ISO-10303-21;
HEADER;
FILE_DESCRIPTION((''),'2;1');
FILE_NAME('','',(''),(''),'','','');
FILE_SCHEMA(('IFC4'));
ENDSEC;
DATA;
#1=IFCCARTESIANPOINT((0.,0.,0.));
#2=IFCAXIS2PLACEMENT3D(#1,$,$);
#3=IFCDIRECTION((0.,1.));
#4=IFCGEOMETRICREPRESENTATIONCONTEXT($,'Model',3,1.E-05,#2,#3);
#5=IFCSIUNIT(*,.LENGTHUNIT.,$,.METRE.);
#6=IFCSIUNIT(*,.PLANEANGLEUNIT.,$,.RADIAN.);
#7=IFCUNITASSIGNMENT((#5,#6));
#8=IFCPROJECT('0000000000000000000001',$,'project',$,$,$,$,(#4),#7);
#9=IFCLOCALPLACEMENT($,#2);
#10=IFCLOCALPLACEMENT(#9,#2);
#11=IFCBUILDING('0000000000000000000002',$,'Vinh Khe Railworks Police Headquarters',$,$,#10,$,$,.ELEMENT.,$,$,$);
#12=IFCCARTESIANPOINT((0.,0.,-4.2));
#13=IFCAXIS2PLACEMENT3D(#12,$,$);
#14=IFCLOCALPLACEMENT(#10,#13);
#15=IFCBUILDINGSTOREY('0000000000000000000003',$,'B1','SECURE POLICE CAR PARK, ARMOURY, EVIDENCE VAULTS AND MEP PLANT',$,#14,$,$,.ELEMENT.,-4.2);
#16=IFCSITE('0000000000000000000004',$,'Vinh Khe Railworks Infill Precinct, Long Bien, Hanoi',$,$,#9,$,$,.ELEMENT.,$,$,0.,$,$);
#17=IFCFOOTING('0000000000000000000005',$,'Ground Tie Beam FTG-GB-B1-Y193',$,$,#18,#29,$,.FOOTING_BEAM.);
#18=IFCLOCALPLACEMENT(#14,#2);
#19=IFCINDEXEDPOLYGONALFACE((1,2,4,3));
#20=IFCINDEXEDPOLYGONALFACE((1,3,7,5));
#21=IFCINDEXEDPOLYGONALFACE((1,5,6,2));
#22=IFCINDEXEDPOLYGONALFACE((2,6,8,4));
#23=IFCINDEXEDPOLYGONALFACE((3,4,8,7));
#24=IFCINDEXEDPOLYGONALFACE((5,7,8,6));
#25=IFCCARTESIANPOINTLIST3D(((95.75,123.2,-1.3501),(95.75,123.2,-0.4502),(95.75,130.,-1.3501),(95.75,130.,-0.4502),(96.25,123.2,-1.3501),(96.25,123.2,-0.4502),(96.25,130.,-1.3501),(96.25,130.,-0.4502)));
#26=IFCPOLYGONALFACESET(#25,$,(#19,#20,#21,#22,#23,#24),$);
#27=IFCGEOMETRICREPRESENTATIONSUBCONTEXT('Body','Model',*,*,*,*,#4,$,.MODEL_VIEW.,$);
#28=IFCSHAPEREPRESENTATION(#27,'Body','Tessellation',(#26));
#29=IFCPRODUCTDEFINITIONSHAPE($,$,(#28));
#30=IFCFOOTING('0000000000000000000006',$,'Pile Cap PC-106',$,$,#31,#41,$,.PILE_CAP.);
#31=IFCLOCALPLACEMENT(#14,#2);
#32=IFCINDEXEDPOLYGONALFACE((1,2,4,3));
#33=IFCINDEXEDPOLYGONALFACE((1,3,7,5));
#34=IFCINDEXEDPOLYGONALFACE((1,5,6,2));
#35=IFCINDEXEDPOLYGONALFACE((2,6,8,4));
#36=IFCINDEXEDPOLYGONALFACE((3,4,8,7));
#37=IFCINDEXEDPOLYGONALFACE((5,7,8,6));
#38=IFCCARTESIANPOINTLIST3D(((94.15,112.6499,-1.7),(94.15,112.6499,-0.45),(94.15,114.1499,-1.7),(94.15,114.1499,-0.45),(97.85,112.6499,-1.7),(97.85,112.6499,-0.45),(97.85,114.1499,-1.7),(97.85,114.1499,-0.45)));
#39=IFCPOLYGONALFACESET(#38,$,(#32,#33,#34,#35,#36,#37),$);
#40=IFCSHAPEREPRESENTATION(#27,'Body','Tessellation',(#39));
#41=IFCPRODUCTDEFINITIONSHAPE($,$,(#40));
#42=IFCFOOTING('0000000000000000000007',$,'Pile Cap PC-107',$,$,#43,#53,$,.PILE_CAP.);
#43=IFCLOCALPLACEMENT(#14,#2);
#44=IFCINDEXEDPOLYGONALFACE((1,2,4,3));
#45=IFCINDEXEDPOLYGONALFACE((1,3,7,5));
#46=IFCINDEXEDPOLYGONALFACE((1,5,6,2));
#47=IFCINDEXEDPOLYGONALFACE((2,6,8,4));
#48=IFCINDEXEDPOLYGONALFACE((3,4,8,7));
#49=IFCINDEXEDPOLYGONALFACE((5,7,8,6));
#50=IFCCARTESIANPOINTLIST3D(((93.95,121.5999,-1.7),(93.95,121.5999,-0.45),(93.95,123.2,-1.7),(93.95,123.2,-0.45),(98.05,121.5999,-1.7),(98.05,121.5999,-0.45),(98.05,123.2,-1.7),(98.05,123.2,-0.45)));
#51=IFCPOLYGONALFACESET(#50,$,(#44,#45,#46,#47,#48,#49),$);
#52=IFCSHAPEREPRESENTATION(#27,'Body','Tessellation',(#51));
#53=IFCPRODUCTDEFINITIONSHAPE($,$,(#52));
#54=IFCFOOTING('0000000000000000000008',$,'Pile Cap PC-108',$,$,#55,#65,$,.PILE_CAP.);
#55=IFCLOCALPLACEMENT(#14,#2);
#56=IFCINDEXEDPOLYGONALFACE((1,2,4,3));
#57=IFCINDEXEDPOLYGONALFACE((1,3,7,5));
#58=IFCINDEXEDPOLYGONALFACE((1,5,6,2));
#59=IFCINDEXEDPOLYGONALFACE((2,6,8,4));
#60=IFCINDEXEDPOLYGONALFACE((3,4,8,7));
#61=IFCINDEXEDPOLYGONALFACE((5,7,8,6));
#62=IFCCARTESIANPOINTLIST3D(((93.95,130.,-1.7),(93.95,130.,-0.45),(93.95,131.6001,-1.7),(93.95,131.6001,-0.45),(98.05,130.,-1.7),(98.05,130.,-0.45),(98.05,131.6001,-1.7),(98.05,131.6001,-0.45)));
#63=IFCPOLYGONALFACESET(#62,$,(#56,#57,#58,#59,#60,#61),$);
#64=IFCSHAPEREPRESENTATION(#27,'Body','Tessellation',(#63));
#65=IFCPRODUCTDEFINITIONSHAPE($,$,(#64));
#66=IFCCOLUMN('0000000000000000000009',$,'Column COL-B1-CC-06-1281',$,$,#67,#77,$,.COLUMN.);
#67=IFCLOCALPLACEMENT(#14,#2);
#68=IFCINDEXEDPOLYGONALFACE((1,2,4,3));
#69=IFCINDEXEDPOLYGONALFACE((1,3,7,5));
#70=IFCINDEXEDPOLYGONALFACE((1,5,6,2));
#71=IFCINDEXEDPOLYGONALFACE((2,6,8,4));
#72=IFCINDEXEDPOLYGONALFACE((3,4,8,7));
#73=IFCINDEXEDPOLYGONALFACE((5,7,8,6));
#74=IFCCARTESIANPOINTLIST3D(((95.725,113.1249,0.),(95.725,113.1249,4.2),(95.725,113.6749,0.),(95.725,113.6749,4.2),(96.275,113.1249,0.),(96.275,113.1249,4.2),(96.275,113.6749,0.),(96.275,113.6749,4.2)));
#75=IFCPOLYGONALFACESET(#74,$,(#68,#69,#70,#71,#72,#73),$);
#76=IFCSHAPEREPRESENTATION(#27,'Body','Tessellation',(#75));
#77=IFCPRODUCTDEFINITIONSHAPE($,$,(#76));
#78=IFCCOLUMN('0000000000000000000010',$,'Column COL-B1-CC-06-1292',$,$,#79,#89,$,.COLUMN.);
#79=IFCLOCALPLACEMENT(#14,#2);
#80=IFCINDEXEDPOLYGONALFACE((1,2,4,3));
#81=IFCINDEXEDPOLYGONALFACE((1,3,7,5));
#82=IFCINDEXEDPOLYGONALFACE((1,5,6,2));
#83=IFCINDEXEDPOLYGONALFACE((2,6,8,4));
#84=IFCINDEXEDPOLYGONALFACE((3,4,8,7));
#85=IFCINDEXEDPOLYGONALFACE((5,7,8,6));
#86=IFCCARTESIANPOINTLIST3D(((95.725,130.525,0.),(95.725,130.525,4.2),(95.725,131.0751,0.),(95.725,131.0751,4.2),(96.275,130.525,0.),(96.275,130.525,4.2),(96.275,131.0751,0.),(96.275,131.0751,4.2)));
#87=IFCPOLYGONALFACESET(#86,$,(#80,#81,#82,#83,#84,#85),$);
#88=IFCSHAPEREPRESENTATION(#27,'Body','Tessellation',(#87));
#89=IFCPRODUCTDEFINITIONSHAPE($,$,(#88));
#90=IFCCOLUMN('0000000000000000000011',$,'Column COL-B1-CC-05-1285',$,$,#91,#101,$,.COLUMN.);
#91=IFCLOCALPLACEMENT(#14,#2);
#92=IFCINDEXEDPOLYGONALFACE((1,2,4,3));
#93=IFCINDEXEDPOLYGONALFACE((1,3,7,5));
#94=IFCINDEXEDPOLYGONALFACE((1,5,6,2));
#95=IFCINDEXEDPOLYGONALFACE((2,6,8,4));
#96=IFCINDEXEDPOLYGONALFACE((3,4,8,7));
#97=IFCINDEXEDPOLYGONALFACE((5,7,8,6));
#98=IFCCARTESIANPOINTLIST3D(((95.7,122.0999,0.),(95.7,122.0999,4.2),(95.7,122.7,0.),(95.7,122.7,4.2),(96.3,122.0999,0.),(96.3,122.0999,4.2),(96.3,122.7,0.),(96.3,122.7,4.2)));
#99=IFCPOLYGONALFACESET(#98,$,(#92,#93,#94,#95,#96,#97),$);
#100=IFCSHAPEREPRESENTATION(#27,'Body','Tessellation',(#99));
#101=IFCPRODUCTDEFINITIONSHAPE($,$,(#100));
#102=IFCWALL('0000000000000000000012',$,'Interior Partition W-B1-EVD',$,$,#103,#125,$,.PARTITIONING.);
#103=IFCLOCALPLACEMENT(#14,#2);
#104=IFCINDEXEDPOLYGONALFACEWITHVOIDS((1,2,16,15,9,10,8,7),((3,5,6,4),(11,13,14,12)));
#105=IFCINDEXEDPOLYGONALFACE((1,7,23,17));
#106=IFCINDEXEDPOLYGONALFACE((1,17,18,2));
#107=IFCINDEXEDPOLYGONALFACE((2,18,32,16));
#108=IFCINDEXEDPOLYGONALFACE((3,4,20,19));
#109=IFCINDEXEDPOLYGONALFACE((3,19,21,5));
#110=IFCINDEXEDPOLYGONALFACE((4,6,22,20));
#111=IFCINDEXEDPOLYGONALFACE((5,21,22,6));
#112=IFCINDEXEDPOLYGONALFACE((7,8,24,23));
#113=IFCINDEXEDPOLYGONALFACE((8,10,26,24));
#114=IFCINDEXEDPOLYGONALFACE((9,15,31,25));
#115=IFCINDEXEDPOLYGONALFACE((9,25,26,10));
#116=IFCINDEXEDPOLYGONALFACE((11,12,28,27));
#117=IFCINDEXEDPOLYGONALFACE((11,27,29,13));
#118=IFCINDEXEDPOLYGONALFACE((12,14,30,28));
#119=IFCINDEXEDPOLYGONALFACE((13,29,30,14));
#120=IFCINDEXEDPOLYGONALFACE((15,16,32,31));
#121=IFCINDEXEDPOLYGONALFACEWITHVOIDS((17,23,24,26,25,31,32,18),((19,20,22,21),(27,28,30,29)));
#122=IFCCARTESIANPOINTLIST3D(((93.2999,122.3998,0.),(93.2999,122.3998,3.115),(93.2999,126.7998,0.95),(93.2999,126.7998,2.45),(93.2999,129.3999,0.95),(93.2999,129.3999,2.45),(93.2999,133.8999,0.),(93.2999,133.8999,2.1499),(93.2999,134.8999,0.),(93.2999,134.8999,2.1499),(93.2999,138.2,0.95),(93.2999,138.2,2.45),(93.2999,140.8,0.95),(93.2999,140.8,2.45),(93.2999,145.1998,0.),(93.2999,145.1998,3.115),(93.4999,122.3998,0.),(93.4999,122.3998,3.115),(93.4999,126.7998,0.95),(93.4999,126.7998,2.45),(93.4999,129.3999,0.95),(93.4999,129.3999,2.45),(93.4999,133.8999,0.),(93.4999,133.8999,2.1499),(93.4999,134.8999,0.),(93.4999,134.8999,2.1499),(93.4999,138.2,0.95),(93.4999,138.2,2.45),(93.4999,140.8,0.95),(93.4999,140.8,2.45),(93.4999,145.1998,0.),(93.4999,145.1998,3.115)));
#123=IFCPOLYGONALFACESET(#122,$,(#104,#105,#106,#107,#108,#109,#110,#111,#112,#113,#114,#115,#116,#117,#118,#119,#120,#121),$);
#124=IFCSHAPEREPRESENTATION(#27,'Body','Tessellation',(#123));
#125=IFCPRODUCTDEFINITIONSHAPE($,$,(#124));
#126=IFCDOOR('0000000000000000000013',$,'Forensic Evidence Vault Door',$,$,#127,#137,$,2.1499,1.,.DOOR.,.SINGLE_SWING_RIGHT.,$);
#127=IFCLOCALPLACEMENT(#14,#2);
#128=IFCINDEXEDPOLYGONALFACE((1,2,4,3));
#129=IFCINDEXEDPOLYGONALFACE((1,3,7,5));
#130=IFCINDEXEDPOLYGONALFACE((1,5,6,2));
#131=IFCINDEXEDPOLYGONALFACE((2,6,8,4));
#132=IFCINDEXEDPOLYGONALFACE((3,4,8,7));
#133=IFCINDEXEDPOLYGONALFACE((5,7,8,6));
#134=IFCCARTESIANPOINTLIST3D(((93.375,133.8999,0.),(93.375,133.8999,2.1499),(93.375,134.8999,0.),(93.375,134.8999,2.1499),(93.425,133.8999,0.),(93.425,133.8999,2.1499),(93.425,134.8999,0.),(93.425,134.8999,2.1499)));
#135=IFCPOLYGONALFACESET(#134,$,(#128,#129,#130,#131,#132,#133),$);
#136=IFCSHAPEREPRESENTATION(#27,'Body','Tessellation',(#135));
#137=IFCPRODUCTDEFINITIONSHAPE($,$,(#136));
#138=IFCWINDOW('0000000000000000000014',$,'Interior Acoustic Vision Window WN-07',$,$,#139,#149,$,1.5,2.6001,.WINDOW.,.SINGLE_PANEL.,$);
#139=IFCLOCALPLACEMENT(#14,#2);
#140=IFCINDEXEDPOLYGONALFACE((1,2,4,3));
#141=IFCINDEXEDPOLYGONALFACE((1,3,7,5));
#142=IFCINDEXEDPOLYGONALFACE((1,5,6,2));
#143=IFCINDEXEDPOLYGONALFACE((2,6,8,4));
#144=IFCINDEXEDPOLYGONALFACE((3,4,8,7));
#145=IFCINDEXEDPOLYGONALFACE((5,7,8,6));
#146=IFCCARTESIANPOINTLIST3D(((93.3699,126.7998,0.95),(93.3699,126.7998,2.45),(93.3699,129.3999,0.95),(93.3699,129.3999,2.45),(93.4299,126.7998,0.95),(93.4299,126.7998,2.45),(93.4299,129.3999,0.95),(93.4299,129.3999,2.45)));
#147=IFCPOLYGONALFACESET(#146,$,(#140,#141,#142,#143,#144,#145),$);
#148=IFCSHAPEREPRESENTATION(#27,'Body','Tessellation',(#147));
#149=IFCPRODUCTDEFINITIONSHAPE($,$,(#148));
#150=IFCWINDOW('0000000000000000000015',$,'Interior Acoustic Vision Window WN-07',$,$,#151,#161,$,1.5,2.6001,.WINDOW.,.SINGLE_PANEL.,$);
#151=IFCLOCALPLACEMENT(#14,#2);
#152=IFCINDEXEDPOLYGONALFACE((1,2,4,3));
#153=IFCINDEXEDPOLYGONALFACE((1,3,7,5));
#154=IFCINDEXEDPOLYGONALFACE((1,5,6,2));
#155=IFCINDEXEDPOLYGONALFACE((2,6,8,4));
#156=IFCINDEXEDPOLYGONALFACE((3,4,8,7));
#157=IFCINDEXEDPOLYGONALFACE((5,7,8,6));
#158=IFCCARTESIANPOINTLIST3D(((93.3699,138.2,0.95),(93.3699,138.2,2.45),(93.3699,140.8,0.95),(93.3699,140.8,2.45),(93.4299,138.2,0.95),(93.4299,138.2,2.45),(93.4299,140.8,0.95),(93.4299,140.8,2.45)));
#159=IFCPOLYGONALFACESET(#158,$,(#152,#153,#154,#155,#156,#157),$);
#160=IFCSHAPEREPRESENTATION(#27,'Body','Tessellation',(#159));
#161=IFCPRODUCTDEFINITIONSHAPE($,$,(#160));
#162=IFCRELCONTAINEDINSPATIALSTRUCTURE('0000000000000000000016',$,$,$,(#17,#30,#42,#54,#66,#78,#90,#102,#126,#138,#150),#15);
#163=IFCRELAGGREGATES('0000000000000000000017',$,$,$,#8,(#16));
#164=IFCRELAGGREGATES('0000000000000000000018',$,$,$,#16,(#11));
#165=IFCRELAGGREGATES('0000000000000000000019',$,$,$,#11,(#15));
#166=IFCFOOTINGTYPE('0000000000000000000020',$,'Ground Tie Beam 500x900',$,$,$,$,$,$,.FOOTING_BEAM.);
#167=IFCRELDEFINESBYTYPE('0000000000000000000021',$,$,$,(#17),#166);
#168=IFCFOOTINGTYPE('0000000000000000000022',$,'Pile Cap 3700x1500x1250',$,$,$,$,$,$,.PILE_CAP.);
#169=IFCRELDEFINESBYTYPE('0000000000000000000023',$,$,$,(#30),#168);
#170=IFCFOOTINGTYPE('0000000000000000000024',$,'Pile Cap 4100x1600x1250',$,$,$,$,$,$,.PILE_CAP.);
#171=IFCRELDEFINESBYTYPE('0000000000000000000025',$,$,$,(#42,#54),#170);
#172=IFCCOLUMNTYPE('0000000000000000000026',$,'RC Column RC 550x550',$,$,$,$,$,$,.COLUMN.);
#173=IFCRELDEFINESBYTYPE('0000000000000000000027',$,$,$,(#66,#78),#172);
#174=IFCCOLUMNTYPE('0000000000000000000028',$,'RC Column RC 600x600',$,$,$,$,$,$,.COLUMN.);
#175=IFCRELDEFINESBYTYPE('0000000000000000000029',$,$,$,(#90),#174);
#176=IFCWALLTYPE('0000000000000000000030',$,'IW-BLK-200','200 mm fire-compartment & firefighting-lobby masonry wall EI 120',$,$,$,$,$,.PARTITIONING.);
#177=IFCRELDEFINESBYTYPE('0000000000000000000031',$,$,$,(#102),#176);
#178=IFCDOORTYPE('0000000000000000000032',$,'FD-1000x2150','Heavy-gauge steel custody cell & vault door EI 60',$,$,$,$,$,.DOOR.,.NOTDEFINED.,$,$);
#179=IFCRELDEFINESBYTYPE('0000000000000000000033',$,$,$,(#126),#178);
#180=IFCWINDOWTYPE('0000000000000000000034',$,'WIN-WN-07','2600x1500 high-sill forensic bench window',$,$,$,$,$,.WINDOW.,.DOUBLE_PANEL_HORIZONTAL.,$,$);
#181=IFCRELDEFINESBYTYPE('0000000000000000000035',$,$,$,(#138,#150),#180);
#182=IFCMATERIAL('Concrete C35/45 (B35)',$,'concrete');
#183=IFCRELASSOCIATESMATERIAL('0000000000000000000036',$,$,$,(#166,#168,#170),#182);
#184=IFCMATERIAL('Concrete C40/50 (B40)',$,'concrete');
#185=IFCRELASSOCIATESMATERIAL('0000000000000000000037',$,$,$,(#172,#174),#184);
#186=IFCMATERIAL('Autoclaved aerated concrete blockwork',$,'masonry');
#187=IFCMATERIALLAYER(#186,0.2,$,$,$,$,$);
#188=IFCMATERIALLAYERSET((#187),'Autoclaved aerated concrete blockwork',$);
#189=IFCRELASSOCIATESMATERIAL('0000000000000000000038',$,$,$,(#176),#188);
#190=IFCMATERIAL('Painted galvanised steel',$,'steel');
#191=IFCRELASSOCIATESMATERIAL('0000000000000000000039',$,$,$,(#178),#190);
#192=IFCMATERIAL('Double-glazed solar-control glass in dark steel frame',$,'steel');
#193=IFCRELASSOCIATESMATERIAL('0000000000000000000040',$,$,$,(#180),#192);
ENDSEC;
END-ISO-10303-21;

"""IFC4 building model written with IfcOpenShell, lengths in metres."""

from ifc_helpers import new_model, si_unit, direction, frame, frame_2d, origin, origin_2d, place, context, subcontext, project, spatial, rectangle, extrude, material, layer, layer_set, material_profile, profile_set, type_object, element, fill, save


model = new_model("IFC4")

# Units and contexts
model_context = context("Model", 3, precision=1e-05, world=origin(), true_north=direction((0.0, 1.0)))
body_context = subcontext(model_context, "Body", "Model", "MODEL_VIEW")
ifc_project = project(units=[si_unit("LENGTHUNIT", "METRE"), si_unit("PLANEANGLEUNIT", "RADIAN")], contexts=[model_context])

# Site, building, storey
site_placement = place(None, origin())
site = spatial("IfcSite", under=ifc_project, at=site_placement, Name="Vinh Khe Railworks Infill Precinct, Long Bien, Hanoi", CompositionType="ELEMENT", RefElevation=0.0)
building_placement = place(site_placement, origin())
building = spatial("IfcBuilding", under=site, at=building_placement, Name="Vinh Khe Railworks Police Headquarters", CompositionType="ELEMENT")
storey_placement = place(building_placement, frame((0.0, 0.0, -4.2)))
storey = spatial("IfcBuildingStorey", under=building, at=storey_placement, Name="B1", Description="SECURE POLICE CAR PARK, ARMOURY, EVIDENCE VAULTS AND MEP PLANT", CompositionType="ELEMENT", Elevation=-4.2)

# Shared definitions
ifc_material_1 = material(Name="Concrete C35/45 (B35)", Category="concrete")

# Footings
ifc_material_profile_1 = material_profile(ifc_material_1, rectangle(XDim=0.5, YDim=0.8999, at=origin_2d()), Name="RC 500x900")
ifc_profile_set_1 = profile_set([ifc_material_profile_1], Name="Concrete C35/45 (B35)")
footing_type_1 = type_object("IfcFootingType", Name="Ground Tie Beam 500x900", PredefinedType="FOOTING_BEAM", material=ifc_profile_set_1)
footing_1_placement = place(storey_placement, frame((96.0, 123.2, -0.9001), z_axis=(0.0, 1.0, 0.0), x_axis=(-1.0, 0.0, 0.0)))
element("IfcFooting", 1, at=footing_1_placement, inside=storey, type_object=footing_type_1, Name="Ground Tie Beam FTG-GB-B1-Y193", PredefinedType="FOOTING_BEAM", context=body_context, shape_type="SweptSolid", body=[
    extrude(rectangle(XDim=0.5, YDim=0.8999, at=origin_2d()), origin(), (0.0, 0.0, 1.0), 6.8),
])
footing_type_2 = type_object("IfcFootingType", Name="Pile Cap 3700x1500x1250", PredefinedType="PILE_CAP", material=ifc_material_1)
footing_2_placement = place(storey_placement, frame((96.0, 113.3999, -1.7), z_axis=(0.0, 0.0, 1.0), x_axis=(1.0, 0.0, 0.0)))
element("IfcFooting", 2, at=footing_2_placement, inside=storey, type_object=footing_type_2, Name="Pile Cap PC-106", PredefinedType="PILE_CAP", context=body_context, shape_type="SweptSolid", body=[
    extrude(rectangle(XDim=3.7, YDim=1.5, at=origin_2d()), origin(), (0.0, 0.0, 1.0), 1.25),
])
footing_type_3 = type_object("IfcFootingType", Name="Pile Cap 4100x1600x1250", PredefinedType="PILE_CAP", material=ifc_material_1)
for number, where, z_axis, x_axis, name in (
    (3, (96.0, 122.3999, -1.7), (0.0, 0.0, 1.0), (1.0, 0.0, 0.0), "Pile Cap PC-107"),
    (4, (96.0, 130.8, -1.7), (0.0, 0.0, 1.0), (1.0, 0.0, 0.0), "Pile Cap PC-108"),
):
    element("IfcFooting", number, at=place(storey_placement, frame(where, z_axis=z_axis, x_axis=x_axis)), inside=storey, type_object=footing_type_3, Name=name, PredefinedType="PILE_CAP", context=body_context, shape_type="SweptSolid", body=[
        extrude(rectangle(XDim=4.1001, YDim=1.6001, at=origin_2d()), origin(), (0.0, 0.0, 1.0), 1.25),
    ])

# Columns
ifc_material_2 = material(Name="Concrete C40/50 (B40)", Category="concrete")
ifc_material_profile_2 = material_profile(ifc_material_2, rectangle(XDim=0.55, YDim=0.55, at=origin_2d()), Name="RC 550x550")
ifc_profile_set_2 = profile_set([ifc_material_profile_2], Name="Concrete C40/50 (B40)")
column_type_1 = type_object("IfcColumnType", Name="RC Column RC 550x550", PredefinedType="COLUMN", material=ifc_profile_set_2)
for number, where, z_axis, x_axis, name in (
    (5, (96.0, 113.3999, 0.0), (0.0, 0.0, 1.0), (1.0, 0.0, 0.0), "Column COL-B1-CC-06-1281"),
    (6, (96.0, 130.8, 0.0), (0.0, 0.0, 1.0), (1.0, 0.0, 0.0), "Column COL-B1-CC-06-1292"),
):
    element("IfcColumn", number, at=place(storey_placement, frame(where, z_axis=z_axis, x_axis=x_axis)), inside=storey, type_object=column_type_1, Name=name, PredefinedType="COLUMN", context=body_context, shape_type="SweptSolid", body=[
        extrude(rectangle(XDim=0.55, YDim=0.55, at=origin_2d()), origin(), (0.0, 0.0, 1.0), 4.2),
    ])
ifc_material_profile_3 = material_profile(ifc_material_2, rectangle(XDim=0.6001, YDim=0.6001, at=origin_2d()), Name="RC 600x600")
ifc_profile_set_3 = profile_set([ifc_material_profile_3], Name="Concrete C40/50 (B40)")
column_type_2 = type_object("IfcColumnType", Name="RC Column RC 600x600", PredefinedType="COLUMN", material=ifc_profile_set_3)
column_placement = place(storey_placement, frame((96.0, 122.3999, 0.0), z_axis=(0.0, 0.0, 1.0), x_axis=(1.0, 0.0, 0.0)))
element("IfcColumn", 7, at=column_placement, inside=storey, type_object=column_type_2, Name="Column COL-B1-CC-05-1285", PredefinedType="COLUMN", context=body_context, shape_type="SweptSolid", body=[
    extrude(rectangle(XDim=0.6001, YDim=0.6001, at=origin_2d()), origin(), (0.0, 0.0, 1.0), 4.2),
])

# Wall, openings, door, windows
ifc_material_3 = material(Name="Autoclaved aerated concrete blockwork", Category="masonry")
ifc_layer = layer(ifc_material_3, 0.2)
ifc_layer_set = layer_set([ifc_layer], Name="Autoclaved aerated concrete blockwork")
wall_type = type_object("IfcWallType", Name="IW-BLK-200", Description="200 mm fire-compartment & firefighting-lobby masonry wall EI 120", PredefinedType="PARTITIONING", material=ifc_layer_set)
wall_placement = place(storey_placement, frame((93.3999, 122.3999, 0.0), z_axis=(0.0, 0.0, 1.0), x_axis=(0.0, 1.0, 0.0)))
wall = element("IfcWall", 8, at=wall_placement, inside=storey, type_object=wall_type, Name="Interior Partition W-B1-EVD", PredefinedType="PARTITIONING", context=body_context, shape_type="SweptSolid", body=[
    extrude(rectangle(XDim=22.8, YDim=0.2, at=frame_2d((11.3999, 0.0))), origin(), (0.0, 0.0, 1.0), 3.115),
])
opening_1_placement = place(wall_placement, frame((11.5, 0.0, 0.0)))
opening_1 = element("IfcOpeningElement", 9, at=opening_1_placement, cuts=wall, PredefinedType="OPENING", context=body_context, shape_type="SweptSolid", body=[
    extrude(rectangle(XDim=1.0, YDim=2.1499, at=frame_2d((0.5, 1.075))), frame((0.0, 0.1147, 0.0), z_axis=(0.0, -1.0, 0.0), x_axis=(1.0, 0.0, 0.0)), (0.0, 0.0, 1.0), 0.2297),
])
opening_2_placement = place(wall_placement, frame((4.3999, 0.0, 0.95)))
opening_2 = element("IfcOpeningElement", 10, at=opening_2_placement, cuts=wall, PredefinedType="OPENING", context=body_context, shape_type="SweptSolid", body=[
    extrude(rectangle(XDim=2.6001, YDim=1.5, at=frame_2d((1.3, 0.75))), frame((0.0, 0.1147, 0.0), z_axis=(0.0, -1.0, 0.0), x_axis=(1.0, 0.0, 0.0)), (0.0, 0.0, 1.0), 0.2297),
])
opening_3_placement = place(wall_placement, frame((15.8, 0.0, 0.95)))
opening_3 = element("IfcOpeningElement", 11, at=opening_3_placement, cuts=wall, PredefinedType="OPENING", context=body_context, shape_type="SweptSolid", body=[
    extrude(rectangle(XDim=2.6001, YDim=1.5, at=frame_2d((1.3, 0.75))), frame((0.0, 0.1147, 0.0), z_axis=(0.0, -1.0, 0.0), x_axis=(1.0, 0.0, 0.0)), (0.0, 0.0, 1.0), 0.2297),
])
ifc_material_4 = material(Name="Painted galvanised steel", Category="steel")
door_type = type_object("IfcDoorType", Name="FD-1000x2150", Description="Heavy-gauge steel custody cell & vault door EI 60", OperationType="NOTDEFINED", PredefinedType="DOOR", material=ifc_material_4)
door_placement = place(opening_1_placement, origin())
door = element("IfcDoor", 12, at=door_placement, inside=storey, type_object=door_type, Name="Forensic Evidence Vault Door", OperationType="SINGLE_SWING_RIGHT", OverallHeight=2.1499, OverallWidth=1.0, PredefinedType="DOOR", context=body_context, shape_type="SweptSolid", body=[
    extrude(rectangle(XDim=1.0, YDim=2.1499, at=frame_2d((0.5, 1.075))), frame((0.0, 0.0249, 0.0), z_axis=(0.0, -1.0, 0.0), x_axis=(1.0, 0.0, 0.0)), (0.0, 0.0, 1.0), 0.05),
])
fill(opening_1, door)
ifc_material_5 = material(Name="Double-glazed solar-control glass in dark steel frame", Category="steel")
window_type = type_object("IfcWindowType", Name="WIN-WN-07", Description="2600x1500 high-sill forensic bench window", PartitioningType="DOUBLE_PANEL_HORIZONTAL", PredefinedType="WINDOW", material=ifc_material_5)
window_1_placement = place(opening_2_placement, origin())
window_1 = element("IfcWindow", 13, at=window_1_placement, inside=storey, type_object=window_type, Name="Interior Acoustic Vision Window WN-07", OverallHeight=1.5, OverallWidth=2.6001, PartitioningType="SINGLE_PANEL", PredefinedType="WINDOW", context=body_context, shape_type="SweptSolid", body=[
    extrude(rectangle(XDim=2.6001, YDim=1.5, at=frame_2d((1.3, 0.75))), frame((0.0, 0.03, 0.0), z_axis=(0.0, -1.0, 0.0), x_axis=(1.0, 0.0, 0.0)), (0.0, 0.0, 1.0), 0.0601),
])
fill(opening_2, window_1)
window_2_placement = place(opening_3_placement, origin())
window_2 = element("IfcWindow", 14, at=window_2_placement, inside=storey, type_object=window_type, Name="Interior Acoustic Vision Window WN-07", OverallHeight=1.5, OverallWidth=2.6001, PartitioningType="SINGLE_PANEL", PredefinedType="WINDOW", context=body_context, shape_type="SweptSolid", body=[
    extrude(rectangle(XDim=2.6001, YDim=1.5, at=frame_2d((1.3, 0.75))), frame((0.0, 0.03, 0.0), z_axis=(0.0, -1.0, 0.0), x_axis=(1.0, 0.0, 0.0)), (0.0, 0.0, 1.0), 0.0601),
])
fill(opening_3, window_2)

save(model, "model.ifc")
